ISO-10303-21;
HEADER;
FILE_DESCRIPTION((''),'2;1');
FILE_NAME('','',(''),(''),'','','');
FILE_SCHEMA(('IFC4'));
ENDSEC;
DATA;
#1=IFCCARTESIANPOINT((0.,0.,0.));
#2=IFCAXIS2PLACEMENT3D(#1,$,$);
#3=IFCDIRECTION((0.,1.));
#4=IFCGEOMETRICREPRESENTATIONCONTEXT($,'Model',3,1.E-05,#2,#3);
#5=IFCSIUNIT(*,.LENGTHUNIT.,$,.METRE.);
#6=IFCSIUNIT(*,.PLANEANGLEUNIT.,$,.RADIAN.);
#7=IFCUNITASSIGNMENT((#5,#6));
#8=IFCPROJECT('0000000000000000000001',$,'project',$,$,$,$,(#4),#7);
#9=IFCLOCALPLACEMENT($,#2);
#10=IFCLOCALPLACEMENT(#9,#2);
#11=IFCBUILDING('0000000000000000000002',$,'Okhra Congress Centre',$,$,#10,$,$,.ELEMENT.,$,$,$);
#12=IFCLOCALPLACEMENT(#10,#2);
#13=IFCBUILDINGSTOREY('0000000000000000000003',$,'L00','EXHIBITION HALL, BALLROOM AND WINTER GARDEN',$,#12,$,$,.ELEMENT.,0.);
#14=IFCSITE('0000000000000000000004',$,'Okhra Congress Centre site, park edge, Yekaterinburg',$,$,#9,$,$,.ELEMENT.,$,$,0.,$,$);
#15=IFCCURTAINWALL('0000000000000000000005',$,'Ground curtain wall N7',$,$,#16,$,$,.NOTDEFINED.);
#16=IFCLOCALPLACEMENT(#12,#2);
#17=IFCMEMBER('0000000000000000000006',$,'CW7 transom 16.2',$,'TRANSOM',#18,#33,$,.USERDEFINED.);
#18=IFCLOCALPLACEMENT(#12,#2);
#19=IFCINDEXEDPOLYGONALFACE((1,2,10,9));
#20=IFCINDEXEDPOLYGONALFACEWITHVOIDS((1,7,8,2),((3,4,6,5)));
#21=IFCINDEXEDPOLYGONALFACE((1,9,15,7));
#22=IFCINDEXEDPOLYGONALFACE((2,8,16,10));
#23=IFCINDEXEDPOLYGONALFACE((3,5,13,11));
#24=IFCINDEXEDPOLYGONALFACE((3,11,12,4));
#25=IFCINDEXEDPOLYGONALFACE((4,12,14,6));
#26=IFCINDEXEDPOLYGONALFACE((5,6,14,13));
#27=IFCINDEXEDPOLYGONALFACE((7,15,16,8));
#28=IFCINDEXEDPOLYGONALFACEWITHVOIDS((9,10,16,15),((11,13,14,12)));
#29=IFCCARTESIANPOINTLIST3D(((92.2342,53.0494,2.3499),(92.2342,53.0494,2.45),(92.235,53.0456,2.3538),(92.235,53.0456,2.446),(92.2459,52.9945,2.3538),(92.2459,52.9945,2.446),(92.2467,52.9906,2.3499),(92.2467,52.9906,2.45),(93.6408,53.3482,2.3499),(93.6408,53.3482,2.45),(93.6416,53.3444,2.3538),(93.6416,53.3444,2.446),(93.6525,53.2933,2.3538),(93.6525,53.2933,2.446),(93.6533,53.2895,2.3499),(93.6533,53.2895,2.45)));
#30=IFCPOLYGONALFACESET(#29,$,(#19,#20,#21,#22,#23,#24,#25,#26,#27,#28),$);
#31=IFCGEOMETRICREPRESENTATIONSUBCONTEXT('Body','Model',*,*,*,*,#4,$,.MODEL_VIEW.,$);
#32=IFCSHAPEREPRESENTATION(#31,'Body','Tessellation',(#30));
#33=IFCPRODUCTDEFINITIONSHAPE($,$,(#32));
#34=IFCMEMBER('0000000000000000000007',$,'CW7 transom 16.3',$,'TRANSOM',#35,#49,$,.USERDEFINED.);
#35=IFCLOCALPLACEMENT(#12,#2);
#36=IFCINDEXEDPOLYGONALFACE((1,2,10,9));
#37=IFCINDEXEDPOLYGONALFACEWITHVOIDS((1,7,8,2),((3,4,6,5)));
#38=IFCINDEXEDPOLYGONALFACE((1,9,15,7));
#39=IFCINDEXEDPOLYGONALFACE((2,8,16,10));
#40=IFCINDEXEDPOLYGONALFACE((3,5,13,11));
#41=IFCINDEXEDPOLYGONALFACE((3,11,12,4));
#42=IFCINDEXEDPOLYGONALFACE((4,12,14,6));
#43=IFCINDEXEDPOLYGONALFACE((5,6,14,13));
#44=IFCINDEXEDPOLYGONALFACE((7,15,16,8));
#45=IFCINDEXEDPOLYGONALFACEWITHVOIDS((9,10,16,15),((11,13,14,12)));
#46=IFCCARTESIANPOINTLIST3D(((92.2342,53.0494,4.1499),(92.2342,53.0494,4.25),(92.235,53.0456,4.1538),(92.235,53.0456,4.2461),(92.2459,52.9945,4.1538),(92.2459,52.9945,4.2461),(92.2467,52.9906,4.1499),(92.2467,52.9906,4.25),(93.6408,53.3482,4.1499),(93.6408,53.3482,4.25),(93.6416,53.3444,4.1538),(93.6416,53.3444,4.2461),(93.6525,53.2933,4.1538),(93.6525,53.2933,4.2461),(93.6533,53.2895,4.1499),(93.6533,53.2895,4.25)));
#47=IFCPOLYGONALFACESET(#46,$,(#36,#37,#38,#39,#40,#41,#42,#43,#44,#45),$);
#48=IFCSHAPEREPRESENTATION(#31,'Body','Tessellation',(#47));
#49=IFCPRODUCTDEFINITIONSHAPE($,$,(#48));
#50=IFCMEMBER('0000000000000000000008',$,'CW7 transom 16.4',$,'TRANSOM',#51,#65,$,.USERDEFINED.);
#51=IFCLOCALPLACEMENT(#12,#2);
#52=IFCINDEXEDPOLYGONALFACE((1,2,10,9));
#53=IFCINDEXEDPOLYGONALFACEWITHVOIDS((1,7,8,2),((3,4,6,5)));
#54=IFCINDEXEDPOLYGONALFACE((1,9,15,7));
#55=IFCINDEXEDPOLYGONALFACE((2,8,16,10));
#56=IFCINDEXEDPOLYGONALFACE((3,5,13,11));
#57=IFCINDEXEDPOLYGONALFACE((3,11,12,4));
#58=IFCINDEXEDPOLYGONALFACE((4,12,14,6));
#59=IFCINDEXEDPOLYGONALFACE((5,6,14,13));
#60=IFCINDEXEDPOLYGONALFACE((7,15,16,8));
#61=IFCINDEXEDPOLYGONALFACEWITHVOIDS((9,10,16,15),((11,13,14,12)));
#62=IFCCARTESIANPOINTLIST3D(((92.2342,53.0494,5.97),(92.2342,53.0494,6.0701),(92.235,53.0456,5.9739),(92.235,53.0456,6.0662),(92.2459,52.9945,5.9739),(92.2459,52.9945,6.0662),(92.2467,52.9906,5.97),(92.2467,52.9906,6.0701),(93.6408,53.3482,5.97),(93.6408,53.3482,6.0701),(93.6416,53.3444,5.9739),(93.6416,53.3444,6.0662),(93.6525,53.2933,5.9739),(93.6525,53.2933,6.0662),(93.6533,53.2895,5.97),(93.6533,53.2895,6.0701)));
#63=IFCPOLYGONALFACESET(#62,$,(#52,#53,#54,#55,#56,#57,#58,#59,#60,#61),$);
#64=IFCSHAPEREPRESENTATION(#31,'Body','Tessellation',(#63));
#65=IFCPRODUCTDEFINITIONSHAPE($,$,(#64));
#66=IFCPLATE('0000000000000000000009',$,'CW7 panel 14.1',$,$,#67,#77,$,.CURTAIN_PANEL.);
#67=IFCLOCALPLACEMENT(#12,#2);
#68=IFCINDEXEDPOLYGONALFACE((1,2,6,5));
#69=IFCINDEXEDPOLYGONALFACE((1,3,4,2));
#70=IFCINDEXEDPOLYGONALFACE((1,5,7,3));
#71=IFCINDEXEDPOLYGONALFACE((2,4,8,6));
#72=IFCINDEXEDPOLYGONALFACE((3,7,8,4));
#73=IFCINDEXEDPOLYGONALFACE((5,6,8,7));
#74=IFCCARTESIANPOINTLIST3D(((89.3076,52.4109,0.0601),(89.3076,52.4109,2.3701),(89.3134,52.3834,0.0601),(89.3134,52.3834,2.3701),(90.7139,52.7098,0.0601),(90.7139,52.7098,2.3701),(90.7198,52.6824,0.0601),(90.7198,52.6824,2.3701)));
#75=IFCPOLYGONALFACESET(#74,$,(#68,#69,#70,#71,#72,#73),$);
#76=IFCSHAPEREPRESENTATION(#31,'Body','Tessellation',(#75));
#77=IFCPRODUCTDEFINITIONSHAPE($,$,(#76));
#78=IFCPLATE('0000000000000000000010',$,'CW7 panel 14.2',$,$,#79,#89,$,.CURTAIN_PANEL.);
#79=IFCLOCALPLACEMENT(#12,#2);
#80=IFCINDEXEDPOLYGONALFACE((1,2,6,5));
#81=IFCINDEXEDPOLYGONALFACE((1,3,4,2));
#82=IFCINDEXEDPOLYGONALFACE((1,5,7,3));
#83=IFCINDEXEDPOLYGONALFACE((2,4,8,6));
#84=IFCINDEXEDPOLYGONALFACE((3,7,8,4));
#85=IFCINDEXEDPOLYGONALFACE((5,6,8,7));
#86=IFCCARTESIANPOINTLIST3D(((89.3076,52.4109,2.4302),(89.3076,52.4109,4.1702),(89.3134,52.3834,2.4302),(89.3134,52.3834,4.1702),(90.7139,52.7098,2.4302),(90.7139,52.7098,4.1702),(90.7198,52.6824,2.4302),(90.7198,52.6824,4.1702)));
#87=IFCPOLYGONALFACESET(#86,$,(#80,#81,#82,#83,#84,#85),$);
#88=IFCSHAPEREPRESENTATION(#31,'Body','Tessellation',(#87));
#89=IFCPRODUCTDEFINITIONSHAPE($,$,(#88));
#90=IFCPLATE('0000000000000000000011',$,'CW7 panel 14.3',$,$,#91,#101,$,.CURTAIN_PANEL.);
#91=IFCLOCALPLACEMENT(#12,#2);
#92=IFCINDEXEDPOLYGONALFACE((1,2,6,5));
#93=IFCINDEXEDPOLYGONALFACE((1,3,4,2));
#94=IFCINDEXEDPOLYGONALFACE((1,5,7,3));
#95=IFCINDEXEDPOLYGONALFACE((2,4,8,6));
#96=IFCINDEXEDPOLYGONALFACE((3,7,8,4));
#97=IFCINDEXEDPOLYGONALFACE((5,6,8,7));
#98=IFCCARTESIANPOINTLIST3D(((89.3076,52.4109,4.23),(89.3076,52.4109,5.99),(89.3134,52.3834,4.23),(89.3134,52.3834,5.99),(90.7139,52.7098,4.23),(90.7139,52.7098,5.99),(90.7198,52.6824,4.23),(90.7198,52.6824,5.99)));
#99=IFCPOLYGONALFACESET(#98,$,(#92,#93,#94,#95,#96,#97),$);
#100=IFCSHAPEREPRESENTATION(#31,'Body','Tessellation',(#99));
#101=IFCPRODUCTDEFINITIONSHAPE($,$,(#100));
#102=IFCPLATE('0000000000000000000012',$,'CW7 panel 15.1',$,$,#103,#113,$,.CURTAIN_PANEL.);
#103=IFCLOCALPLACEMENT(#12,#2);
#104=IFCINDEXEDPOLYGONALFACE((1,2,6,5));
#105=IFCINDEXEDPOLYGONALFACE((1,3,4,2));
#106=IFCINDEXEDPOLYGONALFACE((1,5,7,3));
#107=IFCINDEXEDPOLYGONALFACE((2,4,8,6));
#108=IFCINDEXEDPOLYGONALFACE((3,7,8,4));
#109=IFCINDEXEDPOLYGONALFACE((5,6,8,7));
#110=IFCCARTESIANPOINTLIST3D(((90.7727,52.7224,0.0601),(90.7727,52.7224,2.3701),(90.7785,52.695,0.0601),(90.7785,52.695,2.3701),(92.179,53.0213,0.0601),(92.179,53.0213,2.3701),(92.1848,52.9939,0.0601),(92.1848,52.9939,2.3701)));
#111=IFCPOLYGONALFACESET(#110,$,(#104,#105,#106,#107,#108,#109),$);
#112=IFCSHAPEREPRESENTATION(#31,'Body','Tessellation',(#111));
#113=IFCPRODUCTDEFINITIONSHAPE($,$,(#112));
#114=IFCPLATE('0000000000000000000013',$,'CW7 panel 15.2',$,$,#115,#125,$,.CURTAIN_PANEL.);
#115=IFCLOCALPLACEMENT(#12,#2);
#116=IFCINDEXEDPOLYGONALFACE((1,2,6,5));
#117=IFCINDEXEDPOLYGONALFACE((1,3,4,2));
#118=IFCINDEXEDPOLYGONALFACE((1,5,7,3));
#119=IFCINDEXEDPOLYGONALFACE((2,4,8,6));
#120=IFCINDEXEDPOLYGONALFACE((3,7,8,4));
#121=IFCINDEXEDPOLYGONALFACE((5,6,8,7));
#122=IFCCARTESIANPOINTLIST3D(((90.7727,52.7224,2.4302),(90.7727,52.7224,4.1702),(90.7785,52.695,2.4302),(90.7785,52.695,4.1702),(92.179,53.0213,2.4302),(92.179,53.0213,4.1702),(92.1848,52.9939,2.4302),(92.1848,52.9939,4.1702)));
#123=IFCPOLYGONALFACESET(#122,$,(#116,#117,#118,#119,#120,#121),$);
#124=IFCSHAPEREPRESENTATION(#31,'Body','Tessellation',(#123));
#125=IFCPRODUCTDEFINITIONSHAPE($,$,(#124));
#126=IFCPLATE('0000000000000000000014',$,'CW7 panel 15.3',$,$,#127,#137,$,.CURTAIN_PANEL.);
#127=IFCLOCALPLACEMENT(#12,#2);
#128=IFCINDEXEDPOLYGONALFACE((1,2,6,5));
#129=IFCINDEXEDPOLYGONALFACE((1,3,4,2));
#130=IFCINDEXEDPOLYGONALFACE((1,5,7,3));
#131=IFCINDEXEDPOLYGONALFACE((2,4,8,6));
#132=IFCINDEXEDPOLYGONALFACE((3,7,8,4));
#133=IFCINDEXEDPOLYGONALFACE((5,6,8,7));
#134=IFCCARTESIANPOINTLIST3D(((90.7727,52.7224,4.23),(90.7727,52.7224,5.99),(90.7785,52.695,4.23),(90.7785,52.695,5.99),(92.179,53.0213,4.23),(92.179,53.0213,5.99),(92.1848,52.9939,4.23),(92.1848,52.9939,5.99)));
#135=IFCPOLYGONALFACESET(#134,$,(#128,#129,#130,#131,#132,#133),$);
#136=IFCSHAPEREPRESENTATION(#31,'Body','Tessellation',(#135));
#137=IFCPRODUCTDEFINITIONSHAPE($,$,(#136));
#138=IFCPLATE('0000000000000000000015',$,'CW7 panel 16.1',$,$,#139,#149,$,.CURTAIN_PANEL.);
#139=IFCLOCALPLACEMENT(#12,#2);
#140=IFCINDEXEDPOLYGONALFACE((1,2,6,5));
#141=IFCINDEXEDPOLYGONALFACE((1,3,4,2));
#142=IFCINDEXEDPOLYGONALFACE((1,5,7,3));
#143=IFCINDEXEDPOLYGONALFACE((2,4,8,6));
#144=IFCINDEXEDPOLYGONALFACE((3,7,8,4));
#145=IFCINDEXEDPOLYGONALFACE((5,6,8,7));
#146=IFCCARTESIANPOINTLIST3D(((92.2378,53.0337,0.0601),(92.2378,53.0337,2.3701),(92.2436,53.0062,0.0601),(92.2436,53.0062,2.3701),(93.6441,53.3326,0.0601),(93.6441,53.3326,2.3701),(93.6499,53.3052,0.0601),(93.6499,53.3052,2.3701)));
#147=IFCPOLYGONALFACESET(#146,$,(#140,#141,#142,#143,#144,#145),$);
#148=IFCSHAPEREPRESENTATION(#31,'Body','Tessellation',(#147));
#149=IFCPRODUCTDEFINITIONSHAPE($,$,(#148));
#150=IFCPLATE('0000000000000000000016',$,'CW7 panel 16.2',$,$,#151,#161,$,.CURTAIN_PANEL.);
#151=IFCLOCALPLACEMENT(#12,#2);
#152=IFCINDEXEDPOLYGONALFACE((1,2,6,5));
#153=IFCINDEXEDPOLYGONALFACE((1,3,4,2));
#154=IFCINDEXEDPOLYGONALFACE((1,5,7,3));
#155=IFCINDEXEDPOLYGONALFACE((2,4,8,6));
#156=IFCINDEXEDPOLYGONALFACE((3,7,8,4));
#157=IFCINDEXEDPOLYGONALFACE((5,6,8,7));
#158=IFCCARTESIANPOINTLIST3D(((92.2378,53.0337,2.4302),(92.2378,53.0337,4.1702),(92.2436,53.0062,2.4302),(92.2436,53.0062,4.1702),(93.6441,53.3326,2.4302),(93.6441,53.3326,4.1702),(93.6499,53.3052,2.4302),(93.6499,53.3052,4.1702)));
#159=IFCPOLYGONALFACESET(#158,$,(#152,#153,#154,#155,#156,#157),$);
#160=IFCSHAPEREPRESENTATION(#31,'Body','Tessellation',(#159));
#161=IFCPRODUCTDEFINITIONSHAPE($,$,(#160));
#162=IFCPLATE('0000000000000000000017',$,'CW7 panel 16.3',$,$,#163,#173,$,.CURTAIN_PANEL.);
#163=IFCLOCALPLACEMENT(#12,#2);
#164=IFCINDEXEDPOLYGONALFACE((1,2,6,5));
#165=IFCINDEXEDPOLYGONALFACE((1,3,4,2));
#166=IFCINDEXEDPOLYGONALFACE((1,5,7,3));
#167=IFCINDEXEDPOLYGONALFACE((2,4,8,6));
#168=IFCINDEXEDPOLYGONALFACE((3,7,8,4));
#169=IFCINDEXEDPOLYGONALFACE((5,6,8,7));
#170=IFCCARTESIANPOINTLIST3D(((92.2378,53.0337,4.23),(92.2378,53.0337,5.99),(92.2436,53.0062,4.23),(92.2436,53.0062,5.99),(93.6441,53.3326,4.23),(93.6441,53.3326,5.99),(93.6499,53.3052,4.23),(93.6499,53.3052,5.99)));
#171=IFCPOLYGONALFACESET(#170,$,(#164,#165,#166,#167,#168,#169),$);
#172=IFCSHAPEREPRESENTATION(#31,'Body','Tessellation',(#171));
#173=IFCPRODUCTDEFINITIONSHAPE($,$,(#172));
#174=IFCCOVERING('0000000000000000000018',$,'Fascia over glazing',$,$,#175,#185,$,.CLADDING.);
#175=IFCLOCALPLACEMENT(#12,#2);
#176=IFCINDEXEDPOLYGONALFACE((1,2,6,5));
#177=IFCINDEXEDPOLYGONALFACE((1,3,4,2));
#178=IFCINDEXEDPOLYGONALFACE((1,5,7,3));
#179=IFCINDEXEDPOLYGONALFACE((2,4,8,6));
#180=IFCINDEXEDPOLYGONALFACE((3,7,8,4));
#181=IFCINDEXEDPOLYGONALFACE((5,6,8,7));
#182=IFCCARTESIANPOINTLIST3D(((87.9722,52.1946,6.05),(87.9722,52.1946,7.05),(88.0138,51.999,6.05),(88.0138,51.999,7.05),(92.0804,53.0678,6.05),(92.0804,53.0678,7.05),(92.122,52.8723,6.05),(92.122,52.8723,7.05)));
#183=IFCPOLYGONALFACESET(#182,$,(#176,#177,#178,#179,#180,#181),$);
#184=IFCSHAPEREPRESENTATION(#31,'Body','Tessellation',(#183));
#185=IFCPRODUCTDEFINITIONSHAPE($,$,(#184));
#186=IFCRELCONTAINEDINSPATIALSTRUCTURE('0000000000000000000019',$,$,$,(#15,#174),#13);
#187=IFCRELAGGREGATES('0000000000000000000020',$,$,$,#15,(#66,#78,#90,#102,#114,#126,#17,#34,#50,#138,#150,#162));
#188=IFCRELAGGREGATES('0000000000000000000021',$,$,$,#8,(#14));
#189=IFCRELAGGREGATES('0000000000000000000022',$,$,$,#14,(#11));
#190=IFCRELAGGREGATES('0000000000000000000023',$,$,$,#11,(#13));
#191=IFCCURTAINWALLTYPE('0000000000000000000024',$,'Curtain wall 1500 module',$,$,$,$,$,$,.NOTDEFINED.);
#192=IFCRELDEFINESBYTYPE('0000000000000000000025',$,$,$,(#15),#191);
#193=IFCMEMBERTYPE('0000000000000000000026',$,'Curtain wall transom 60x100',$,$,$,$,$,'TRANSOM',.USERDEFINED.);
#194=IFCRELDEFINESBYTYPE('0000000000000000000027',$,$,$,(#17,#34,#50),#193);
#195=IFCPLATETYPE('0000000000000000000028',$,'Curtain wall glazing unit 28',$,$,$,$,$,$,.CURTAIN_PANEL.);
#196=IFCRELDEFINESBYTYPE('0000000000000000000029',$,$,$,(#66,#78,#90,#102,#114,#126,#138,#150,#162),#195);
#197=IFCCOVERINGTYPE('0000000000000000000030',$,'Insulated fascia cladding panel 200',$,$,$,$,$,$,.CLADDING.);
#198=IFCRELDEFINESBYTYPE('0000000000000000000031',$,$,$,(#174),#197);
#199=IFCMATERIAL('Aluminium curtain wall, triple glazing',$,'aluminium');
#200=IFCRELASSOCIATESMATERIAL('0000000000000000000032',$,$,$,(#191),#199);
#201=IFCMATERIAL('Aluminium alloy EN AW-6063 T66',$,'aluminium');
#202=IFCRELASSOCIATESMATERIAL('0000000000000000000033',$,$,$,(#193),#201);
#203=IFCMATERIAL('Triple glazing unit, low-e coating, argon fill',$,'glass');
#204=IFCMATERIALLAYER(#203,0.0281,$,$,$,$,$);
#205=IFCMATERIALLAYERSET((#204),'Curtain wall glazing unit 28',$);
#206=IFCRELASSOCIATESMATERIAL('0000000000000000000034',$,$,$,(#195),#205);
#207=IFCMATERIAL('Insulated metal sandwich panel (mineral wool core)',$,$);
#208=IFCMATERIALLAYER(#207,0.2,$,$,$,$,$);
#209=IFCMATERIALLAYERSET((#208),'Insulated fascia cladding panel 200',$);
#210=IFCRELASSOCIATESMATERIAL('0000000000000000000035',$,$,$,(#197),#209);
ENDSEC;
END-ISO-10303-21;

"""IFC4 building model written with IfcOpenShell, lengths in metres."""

from ifc_helpers import new_model, si_unit, direction, frame, origin, origin_2d, place, context, subcontext, project, spatial, rectangle, hollow_rectangle, extrude, material, layer, layer_set, material_profile, profile_set, type_object, element, aggregate, save


model = new_model("IFC4")

# Units and contexts
model_context = context("Model", 3, precision=1e-05, world=origin(), true_north=direction((0.0, 1.0)))
body_context = subcontext(model_context, "Body", "Model", "MODEL_VIEW")
ifc_project = project(units=[si_unit("LENGTHUNIT", "METRE"), si_unit("PLANEANGLEUNIT", "RADIAN")], contexts=[model_context])

# Site, building, storey
site_placement = place(None, origin())
site = spatial("IfcSite", under=ifc_project, at=site_placement, Name="Okhra Congress Centre site, park edge, Yekaterinburg", CompositionType="ELEMENT", RefElevation=0.0)
building_placement = place(site_placement, origin())
building = spatial("IfcBuilding", under=site, at=building_placement, Name="Okhra Congress Centre", CompositionType="ELEMENT")
storey_placement = place(building_placement, origin())
storey = spatial("IfcBuildingStorey", under=building, at=storey_placement, Name="L00", Description="EXHIBITION HALL, BALLROOM AND WINTER GARDEN", CompositionType="ELEMENT", Elevation=0.0)

# Curtain wall, members, plates
ifc_material_1 = material(Name="Aluminium curtain wall, triple glazing", Category="aluminium")
curtain_wall_type = type_object("IfcCurtainWallType", Name="Curtain wall 1500 module", PredefinedType="NOTDEFINED", material=ifc_material_1)
curtain_wall_placement = place(storey_placement, origin())
curtain_wall = element("IfcCurtainWall", 1, at=curtain_wall_placement, inside=storey, type_object=curtain_wall_type, Name="Ground curtain wall N7", PredefinedType="NOTDEFINED")
ifc_material_2 = material(Name="Aluminium alloy EN AW-6063 T66", Category="aluminium")
ifc_material_profile_1 = material_profile(ifc_material_2, hollow_rectangle(XDim=0.0601, YDim=0.1001, WallThickness=0.0039, at=origin_2d()), Name="RHS 60x100x4")
ifc_profile_set_1 = profile_set([ifc_material_profile_1], Name="Aluminium alloy EN AW-6063 T66")
member_type_1 = type_object("IfcMemberType", Name="Curtain wall transom 60x100", ElementType="TRANSOM", PredefinedType="USERDEFINED", material=ifc_profile_set_1)
member_1_placement = place(storey_placement, frame((92.2405, 53.02, 2.3999), z_axis=(0.978166, 0.207824, 0.0), x_axis=(-0.207824, 0.978166, 0.0)))
member_1 = element("IfcMember", 2, at=member_1_placement, type_object=member_type_1, Name="CW7 transom 16.2", ObjectType="TRANSOM", PredefinedType="USERDEFINED", context=body_context, shape_type="SweptSolid", body=[
    extrude(hollow_rectangle(XDim=0.0601, YDim=0.1001, WallThickness=0.0039, at=origin_2d()), origin(), (0.0, 0.0, 1.0), 1.438),
])
member_2_placement = place(storey_placement, frame((92.2405, 53.02, 4.2), z_axis=(0.978166, 0.207824, 0.0), x_axis=(-0.207824, 0.978166, 0.0)))
member_2 = element("IfcMember", 3, at=member_2_placement, type_object=member_type_1, Name="CW7 transom 16.3", ObjectType="TRANSOM", PredefinedType="USERDEFINED", context=body_context, shape_type="SweptSolid", body=[
    extrude(hollow_rectangle(XDim=0.0601, YDim=0.1001, WallThickness=0.0039, at=origin_2d()), origin(), (0.0, 0.0, 1.0), 1.438),
])
member_3_placement = place(storey_placement, frame((92.2405, 53.02, 6.02), z_axis=(0.978166, 0.207824, 0.0), x_axis=(-0.207824, 0.978166, 0.0)))
member_3 = element("IfcMember", 4, at=member_3_placement, type_object=member_type_1, Name="CW7 transom 16.4", ObjectType="TRANSOM", PredefinedType="USERDEFINED", context=body_context, shape_type="SweptSolid", body=[
    extrude(hollow_rectangle(XDim=0.0601, YDim=0.1001, WallThickness=0.0039, at=origin_2d()), origin(), (0.0, 0.0, 1.0), 1.438),
])
ifc_material_3 = material(Name="Triple glazing unit, low-e coating, argon fill", Category="glass")
ifc_layer_1 = layer(ifc_material_3, 0.0281)
ifc_layer_set_1 = layer_set([ifc_layer_1], Name="Curtain wall glazing unit 28")
plate_type = type_object("IfcPlateType", Name="Curtain wall glazing unit 28", PredefinedType="CURTAIN_PANEL", material=ifc_layer_set_1)
plate_1_placement = place(storey_placement, frame((90.0137, 52.5466, 0.0601), z_axis=(0.0, 0.0, 1.0), x_axis=(0.978148, 0.207912, 0.0)))
plate_1 = element("IfcPlate", 5, at=plate_1_placement, type_object=plate_type, Name="CW7 panel 14.1", PredefinedType="CURTAIN_PANEL", context=body_context, shape_type="SweptSolid", body=[
    extrude(rectangle(XDim=1.4377, YDim=0.0281, at=origin_2d()), origin(), (0.0, 0.0, 1.0), 2.3101),
])
plate_2_placement = place(storey_placement, frame((90.0137, 52.5466, 2.4302), z_axis=(0.0, 0.0, 1.0), x_axis=(0.978148, 0.207912, 0.0)))
plate_2 = element("IfcPlate", 6, at=plate_2_placement, type_object=plate_type, Name="CW7 panel 14.2", PredefinedType="CURTAIN_PANEL", context=body_context, shape_type="SweptSolid", body=[
    extrude(rectangle(XDim=1.4377, YDim=0.0281, at=origin_2d()), origin(), (0.0, 0.0, 1.0), 1.74),
])
plate_3_placement = place(storey_placement, frame((90.0137, 52.5466, 4.23), z_axis=(0.0, 0.0, 1.0), x_axis=(0.978148, 0.207912, 0.0)))
plate_3 = element("IfcPlate", 7, at=plate_3_placement, type_object=plate_type, Name="CW7 panel 14.3", PredefinedType="CURTAIN_PANEL", context=body_context, shape_type="SweptSolid", body=[
    extrude(rectangle(XDim=1.4377, YDim=0.0281, at=origin_2d()), origin(), (0.0, 0.0, 1.0), 1.76),
])
plate_4_placement = place(storey_placement, frame((91.4788, 52.8582, 0.0601), z_axis=(0.0, 0.0, 1.0), x_axis=(0.978148, 0.207912, 0.0)))
plate_4 = element("IfcPlate", 8, at=plate_4_placement, type_object=plate_type, Name="CW7 panel 15.1", PredefinedType="CURTAIN_PANEL", context=body_context, shape_type="SweptSolid", body=[
    extrude(rectangle(XDim=1.4377, YDim=0.0281, at=origin_2d()), origin(), (0.0, 0.0, 1.0), 2.3101),
])
plate_5_placement = place(storey_placement, frame((91.4788, 52.8582, 2.4302), z_axis=(0.0, 0.0, 1.0), x_axis=(0.978148, 0.207912, 0.0)))
plate_5 = element("IfcPlate", 9, at=plate_5_placement, type_object=plate_type, Name="CW7 panel 15.2", PredefinedType="CURTAIN_PANEL", context=body_context, shape_type="SweptSolid", body=[
    extrude(rectangle(XDim=1.4377, YDim=0.0281, at=origin_2d()), origin(), (0.0, 0.0, 1.0), 1.74),
])
plate_6_placement = place(storey_placement, frame((91.4788, 52.8582, 4.23), z_axis=(0.0, 0.0, 1.0), x_axis=(0.978148, 0.207912, 0.0)))
plate_6 = element("IfcPlate", 10, at=plate_6_placement, type_object=plate_type, Name="CW7 panel 15.3", PredefinedType="CURTAIN_PANEL", context=body_context, shape_type="SweptSolid", body=[
    extrude(rectangle(XDim=1.4377, YDim=0.0281, at=origin_2d()), origin(), (0.0, 0.0, 1.0), 1.76),
])
plate_7_placement = place(storey_placement, frame((92.9438, 53.1694, 0.0601), z_axis=(0.0, 0.0, 1.0), x_axis=(0.978148, 0.207912, 0.0)))
plate_7 = element("IfcPlate", 11, at=plate_7_placement, type_object=plate_type, Name="CW7 panel 16.1", PredefinedType="CURTAIN_PANEL", context=body_context, shape_type="SweptSolid", body=[
    extrude(rectangle(XDim=1.4377, YDim=0.0281, at=origin_2d()), origin(), (0.0, 0.0, 1.0), 2.3101),
])
plate_8_placement = place(storey_placement, frame((92.9438, 53.1694, 2.4302), z_axis=(0.0, 0.0, 1.0), x_axis=(0.978148, 0.207912, 0.0)))
plate_8 = element("IfcPlate", 12, at=plate_8_placement, type_object=plate_type, Name="CW7 panel 16.2", PredefinedType="CURTAIN_PANEL", context=body_context, shape_type="SweptSolid", body=[
    extrude(rectangle(XDim=1.4377, YDim=0.0281, at=origin_2d()), origin(), (0.0, 0.0, 1.0), 1.74),
])
plate_9_placement = place(storey_placement, frame((92.9438, 53.1694, 4.23), z_axis=(0.0, 0.0, 1.0), x_axis=(0.978148, 0.207912, 0.0)))
plate_9 = element("IfcPlate", 13, at=plate_9_placement, type_object=plate_type, Name="CW7 panel 16.3", PredefinedType="CURTAIN_PANEL", context=body_context, shape_type="SweptSolid", body=[
    extrude(rectangle(XDim=1.4377, YDim=0.0281, at=origin_2d()), origin(), (0.0, 0.0, 1.0), 1.76),
])
aggregate(curtain_wall, [plate_1, plate_2, plate_3, plate_4, plate_5, plate_6, member_1, member_2, member_3, plate_7, plate_8, plate_9])

# Covering
ifc_material_4 = material(Name="Insulated metal sandwich panel (mineral wool core)")
ifc_layer_2 = layer(ifc_material_4, 0.2)
ifc_layer_set_2 = layer_set([ifc_layer_2], Name="Insulated fascia cladding panel 200")
covering_type = type_object("IfcCoveringType", Name="Insulated fascia cladding panel 200", PredefinedType="CLADDING", material=ifc_layer_set_2)
covering_placement = place(storey_placement, frame((90.0471, 52.5334, 6.05), z_axis=(0.0, 0.0, 1.0), x_axis=(0.978148, 0.207912, 0.0)))
element("IfcCovering", 14, at=covering_placement, inside=storey, type_object=covering_type, Name="Fascia over glazing", PredefinedType="CLADDING", context=body_context, shape_type="SweptSolid", body=[
    extrude(rectangle(XDim=4.2, YDim=0.2, at=origin_2d()), origin(), (0.0, 0.0, 1.0), 1.0),
])

save(model, "model.ifc")
